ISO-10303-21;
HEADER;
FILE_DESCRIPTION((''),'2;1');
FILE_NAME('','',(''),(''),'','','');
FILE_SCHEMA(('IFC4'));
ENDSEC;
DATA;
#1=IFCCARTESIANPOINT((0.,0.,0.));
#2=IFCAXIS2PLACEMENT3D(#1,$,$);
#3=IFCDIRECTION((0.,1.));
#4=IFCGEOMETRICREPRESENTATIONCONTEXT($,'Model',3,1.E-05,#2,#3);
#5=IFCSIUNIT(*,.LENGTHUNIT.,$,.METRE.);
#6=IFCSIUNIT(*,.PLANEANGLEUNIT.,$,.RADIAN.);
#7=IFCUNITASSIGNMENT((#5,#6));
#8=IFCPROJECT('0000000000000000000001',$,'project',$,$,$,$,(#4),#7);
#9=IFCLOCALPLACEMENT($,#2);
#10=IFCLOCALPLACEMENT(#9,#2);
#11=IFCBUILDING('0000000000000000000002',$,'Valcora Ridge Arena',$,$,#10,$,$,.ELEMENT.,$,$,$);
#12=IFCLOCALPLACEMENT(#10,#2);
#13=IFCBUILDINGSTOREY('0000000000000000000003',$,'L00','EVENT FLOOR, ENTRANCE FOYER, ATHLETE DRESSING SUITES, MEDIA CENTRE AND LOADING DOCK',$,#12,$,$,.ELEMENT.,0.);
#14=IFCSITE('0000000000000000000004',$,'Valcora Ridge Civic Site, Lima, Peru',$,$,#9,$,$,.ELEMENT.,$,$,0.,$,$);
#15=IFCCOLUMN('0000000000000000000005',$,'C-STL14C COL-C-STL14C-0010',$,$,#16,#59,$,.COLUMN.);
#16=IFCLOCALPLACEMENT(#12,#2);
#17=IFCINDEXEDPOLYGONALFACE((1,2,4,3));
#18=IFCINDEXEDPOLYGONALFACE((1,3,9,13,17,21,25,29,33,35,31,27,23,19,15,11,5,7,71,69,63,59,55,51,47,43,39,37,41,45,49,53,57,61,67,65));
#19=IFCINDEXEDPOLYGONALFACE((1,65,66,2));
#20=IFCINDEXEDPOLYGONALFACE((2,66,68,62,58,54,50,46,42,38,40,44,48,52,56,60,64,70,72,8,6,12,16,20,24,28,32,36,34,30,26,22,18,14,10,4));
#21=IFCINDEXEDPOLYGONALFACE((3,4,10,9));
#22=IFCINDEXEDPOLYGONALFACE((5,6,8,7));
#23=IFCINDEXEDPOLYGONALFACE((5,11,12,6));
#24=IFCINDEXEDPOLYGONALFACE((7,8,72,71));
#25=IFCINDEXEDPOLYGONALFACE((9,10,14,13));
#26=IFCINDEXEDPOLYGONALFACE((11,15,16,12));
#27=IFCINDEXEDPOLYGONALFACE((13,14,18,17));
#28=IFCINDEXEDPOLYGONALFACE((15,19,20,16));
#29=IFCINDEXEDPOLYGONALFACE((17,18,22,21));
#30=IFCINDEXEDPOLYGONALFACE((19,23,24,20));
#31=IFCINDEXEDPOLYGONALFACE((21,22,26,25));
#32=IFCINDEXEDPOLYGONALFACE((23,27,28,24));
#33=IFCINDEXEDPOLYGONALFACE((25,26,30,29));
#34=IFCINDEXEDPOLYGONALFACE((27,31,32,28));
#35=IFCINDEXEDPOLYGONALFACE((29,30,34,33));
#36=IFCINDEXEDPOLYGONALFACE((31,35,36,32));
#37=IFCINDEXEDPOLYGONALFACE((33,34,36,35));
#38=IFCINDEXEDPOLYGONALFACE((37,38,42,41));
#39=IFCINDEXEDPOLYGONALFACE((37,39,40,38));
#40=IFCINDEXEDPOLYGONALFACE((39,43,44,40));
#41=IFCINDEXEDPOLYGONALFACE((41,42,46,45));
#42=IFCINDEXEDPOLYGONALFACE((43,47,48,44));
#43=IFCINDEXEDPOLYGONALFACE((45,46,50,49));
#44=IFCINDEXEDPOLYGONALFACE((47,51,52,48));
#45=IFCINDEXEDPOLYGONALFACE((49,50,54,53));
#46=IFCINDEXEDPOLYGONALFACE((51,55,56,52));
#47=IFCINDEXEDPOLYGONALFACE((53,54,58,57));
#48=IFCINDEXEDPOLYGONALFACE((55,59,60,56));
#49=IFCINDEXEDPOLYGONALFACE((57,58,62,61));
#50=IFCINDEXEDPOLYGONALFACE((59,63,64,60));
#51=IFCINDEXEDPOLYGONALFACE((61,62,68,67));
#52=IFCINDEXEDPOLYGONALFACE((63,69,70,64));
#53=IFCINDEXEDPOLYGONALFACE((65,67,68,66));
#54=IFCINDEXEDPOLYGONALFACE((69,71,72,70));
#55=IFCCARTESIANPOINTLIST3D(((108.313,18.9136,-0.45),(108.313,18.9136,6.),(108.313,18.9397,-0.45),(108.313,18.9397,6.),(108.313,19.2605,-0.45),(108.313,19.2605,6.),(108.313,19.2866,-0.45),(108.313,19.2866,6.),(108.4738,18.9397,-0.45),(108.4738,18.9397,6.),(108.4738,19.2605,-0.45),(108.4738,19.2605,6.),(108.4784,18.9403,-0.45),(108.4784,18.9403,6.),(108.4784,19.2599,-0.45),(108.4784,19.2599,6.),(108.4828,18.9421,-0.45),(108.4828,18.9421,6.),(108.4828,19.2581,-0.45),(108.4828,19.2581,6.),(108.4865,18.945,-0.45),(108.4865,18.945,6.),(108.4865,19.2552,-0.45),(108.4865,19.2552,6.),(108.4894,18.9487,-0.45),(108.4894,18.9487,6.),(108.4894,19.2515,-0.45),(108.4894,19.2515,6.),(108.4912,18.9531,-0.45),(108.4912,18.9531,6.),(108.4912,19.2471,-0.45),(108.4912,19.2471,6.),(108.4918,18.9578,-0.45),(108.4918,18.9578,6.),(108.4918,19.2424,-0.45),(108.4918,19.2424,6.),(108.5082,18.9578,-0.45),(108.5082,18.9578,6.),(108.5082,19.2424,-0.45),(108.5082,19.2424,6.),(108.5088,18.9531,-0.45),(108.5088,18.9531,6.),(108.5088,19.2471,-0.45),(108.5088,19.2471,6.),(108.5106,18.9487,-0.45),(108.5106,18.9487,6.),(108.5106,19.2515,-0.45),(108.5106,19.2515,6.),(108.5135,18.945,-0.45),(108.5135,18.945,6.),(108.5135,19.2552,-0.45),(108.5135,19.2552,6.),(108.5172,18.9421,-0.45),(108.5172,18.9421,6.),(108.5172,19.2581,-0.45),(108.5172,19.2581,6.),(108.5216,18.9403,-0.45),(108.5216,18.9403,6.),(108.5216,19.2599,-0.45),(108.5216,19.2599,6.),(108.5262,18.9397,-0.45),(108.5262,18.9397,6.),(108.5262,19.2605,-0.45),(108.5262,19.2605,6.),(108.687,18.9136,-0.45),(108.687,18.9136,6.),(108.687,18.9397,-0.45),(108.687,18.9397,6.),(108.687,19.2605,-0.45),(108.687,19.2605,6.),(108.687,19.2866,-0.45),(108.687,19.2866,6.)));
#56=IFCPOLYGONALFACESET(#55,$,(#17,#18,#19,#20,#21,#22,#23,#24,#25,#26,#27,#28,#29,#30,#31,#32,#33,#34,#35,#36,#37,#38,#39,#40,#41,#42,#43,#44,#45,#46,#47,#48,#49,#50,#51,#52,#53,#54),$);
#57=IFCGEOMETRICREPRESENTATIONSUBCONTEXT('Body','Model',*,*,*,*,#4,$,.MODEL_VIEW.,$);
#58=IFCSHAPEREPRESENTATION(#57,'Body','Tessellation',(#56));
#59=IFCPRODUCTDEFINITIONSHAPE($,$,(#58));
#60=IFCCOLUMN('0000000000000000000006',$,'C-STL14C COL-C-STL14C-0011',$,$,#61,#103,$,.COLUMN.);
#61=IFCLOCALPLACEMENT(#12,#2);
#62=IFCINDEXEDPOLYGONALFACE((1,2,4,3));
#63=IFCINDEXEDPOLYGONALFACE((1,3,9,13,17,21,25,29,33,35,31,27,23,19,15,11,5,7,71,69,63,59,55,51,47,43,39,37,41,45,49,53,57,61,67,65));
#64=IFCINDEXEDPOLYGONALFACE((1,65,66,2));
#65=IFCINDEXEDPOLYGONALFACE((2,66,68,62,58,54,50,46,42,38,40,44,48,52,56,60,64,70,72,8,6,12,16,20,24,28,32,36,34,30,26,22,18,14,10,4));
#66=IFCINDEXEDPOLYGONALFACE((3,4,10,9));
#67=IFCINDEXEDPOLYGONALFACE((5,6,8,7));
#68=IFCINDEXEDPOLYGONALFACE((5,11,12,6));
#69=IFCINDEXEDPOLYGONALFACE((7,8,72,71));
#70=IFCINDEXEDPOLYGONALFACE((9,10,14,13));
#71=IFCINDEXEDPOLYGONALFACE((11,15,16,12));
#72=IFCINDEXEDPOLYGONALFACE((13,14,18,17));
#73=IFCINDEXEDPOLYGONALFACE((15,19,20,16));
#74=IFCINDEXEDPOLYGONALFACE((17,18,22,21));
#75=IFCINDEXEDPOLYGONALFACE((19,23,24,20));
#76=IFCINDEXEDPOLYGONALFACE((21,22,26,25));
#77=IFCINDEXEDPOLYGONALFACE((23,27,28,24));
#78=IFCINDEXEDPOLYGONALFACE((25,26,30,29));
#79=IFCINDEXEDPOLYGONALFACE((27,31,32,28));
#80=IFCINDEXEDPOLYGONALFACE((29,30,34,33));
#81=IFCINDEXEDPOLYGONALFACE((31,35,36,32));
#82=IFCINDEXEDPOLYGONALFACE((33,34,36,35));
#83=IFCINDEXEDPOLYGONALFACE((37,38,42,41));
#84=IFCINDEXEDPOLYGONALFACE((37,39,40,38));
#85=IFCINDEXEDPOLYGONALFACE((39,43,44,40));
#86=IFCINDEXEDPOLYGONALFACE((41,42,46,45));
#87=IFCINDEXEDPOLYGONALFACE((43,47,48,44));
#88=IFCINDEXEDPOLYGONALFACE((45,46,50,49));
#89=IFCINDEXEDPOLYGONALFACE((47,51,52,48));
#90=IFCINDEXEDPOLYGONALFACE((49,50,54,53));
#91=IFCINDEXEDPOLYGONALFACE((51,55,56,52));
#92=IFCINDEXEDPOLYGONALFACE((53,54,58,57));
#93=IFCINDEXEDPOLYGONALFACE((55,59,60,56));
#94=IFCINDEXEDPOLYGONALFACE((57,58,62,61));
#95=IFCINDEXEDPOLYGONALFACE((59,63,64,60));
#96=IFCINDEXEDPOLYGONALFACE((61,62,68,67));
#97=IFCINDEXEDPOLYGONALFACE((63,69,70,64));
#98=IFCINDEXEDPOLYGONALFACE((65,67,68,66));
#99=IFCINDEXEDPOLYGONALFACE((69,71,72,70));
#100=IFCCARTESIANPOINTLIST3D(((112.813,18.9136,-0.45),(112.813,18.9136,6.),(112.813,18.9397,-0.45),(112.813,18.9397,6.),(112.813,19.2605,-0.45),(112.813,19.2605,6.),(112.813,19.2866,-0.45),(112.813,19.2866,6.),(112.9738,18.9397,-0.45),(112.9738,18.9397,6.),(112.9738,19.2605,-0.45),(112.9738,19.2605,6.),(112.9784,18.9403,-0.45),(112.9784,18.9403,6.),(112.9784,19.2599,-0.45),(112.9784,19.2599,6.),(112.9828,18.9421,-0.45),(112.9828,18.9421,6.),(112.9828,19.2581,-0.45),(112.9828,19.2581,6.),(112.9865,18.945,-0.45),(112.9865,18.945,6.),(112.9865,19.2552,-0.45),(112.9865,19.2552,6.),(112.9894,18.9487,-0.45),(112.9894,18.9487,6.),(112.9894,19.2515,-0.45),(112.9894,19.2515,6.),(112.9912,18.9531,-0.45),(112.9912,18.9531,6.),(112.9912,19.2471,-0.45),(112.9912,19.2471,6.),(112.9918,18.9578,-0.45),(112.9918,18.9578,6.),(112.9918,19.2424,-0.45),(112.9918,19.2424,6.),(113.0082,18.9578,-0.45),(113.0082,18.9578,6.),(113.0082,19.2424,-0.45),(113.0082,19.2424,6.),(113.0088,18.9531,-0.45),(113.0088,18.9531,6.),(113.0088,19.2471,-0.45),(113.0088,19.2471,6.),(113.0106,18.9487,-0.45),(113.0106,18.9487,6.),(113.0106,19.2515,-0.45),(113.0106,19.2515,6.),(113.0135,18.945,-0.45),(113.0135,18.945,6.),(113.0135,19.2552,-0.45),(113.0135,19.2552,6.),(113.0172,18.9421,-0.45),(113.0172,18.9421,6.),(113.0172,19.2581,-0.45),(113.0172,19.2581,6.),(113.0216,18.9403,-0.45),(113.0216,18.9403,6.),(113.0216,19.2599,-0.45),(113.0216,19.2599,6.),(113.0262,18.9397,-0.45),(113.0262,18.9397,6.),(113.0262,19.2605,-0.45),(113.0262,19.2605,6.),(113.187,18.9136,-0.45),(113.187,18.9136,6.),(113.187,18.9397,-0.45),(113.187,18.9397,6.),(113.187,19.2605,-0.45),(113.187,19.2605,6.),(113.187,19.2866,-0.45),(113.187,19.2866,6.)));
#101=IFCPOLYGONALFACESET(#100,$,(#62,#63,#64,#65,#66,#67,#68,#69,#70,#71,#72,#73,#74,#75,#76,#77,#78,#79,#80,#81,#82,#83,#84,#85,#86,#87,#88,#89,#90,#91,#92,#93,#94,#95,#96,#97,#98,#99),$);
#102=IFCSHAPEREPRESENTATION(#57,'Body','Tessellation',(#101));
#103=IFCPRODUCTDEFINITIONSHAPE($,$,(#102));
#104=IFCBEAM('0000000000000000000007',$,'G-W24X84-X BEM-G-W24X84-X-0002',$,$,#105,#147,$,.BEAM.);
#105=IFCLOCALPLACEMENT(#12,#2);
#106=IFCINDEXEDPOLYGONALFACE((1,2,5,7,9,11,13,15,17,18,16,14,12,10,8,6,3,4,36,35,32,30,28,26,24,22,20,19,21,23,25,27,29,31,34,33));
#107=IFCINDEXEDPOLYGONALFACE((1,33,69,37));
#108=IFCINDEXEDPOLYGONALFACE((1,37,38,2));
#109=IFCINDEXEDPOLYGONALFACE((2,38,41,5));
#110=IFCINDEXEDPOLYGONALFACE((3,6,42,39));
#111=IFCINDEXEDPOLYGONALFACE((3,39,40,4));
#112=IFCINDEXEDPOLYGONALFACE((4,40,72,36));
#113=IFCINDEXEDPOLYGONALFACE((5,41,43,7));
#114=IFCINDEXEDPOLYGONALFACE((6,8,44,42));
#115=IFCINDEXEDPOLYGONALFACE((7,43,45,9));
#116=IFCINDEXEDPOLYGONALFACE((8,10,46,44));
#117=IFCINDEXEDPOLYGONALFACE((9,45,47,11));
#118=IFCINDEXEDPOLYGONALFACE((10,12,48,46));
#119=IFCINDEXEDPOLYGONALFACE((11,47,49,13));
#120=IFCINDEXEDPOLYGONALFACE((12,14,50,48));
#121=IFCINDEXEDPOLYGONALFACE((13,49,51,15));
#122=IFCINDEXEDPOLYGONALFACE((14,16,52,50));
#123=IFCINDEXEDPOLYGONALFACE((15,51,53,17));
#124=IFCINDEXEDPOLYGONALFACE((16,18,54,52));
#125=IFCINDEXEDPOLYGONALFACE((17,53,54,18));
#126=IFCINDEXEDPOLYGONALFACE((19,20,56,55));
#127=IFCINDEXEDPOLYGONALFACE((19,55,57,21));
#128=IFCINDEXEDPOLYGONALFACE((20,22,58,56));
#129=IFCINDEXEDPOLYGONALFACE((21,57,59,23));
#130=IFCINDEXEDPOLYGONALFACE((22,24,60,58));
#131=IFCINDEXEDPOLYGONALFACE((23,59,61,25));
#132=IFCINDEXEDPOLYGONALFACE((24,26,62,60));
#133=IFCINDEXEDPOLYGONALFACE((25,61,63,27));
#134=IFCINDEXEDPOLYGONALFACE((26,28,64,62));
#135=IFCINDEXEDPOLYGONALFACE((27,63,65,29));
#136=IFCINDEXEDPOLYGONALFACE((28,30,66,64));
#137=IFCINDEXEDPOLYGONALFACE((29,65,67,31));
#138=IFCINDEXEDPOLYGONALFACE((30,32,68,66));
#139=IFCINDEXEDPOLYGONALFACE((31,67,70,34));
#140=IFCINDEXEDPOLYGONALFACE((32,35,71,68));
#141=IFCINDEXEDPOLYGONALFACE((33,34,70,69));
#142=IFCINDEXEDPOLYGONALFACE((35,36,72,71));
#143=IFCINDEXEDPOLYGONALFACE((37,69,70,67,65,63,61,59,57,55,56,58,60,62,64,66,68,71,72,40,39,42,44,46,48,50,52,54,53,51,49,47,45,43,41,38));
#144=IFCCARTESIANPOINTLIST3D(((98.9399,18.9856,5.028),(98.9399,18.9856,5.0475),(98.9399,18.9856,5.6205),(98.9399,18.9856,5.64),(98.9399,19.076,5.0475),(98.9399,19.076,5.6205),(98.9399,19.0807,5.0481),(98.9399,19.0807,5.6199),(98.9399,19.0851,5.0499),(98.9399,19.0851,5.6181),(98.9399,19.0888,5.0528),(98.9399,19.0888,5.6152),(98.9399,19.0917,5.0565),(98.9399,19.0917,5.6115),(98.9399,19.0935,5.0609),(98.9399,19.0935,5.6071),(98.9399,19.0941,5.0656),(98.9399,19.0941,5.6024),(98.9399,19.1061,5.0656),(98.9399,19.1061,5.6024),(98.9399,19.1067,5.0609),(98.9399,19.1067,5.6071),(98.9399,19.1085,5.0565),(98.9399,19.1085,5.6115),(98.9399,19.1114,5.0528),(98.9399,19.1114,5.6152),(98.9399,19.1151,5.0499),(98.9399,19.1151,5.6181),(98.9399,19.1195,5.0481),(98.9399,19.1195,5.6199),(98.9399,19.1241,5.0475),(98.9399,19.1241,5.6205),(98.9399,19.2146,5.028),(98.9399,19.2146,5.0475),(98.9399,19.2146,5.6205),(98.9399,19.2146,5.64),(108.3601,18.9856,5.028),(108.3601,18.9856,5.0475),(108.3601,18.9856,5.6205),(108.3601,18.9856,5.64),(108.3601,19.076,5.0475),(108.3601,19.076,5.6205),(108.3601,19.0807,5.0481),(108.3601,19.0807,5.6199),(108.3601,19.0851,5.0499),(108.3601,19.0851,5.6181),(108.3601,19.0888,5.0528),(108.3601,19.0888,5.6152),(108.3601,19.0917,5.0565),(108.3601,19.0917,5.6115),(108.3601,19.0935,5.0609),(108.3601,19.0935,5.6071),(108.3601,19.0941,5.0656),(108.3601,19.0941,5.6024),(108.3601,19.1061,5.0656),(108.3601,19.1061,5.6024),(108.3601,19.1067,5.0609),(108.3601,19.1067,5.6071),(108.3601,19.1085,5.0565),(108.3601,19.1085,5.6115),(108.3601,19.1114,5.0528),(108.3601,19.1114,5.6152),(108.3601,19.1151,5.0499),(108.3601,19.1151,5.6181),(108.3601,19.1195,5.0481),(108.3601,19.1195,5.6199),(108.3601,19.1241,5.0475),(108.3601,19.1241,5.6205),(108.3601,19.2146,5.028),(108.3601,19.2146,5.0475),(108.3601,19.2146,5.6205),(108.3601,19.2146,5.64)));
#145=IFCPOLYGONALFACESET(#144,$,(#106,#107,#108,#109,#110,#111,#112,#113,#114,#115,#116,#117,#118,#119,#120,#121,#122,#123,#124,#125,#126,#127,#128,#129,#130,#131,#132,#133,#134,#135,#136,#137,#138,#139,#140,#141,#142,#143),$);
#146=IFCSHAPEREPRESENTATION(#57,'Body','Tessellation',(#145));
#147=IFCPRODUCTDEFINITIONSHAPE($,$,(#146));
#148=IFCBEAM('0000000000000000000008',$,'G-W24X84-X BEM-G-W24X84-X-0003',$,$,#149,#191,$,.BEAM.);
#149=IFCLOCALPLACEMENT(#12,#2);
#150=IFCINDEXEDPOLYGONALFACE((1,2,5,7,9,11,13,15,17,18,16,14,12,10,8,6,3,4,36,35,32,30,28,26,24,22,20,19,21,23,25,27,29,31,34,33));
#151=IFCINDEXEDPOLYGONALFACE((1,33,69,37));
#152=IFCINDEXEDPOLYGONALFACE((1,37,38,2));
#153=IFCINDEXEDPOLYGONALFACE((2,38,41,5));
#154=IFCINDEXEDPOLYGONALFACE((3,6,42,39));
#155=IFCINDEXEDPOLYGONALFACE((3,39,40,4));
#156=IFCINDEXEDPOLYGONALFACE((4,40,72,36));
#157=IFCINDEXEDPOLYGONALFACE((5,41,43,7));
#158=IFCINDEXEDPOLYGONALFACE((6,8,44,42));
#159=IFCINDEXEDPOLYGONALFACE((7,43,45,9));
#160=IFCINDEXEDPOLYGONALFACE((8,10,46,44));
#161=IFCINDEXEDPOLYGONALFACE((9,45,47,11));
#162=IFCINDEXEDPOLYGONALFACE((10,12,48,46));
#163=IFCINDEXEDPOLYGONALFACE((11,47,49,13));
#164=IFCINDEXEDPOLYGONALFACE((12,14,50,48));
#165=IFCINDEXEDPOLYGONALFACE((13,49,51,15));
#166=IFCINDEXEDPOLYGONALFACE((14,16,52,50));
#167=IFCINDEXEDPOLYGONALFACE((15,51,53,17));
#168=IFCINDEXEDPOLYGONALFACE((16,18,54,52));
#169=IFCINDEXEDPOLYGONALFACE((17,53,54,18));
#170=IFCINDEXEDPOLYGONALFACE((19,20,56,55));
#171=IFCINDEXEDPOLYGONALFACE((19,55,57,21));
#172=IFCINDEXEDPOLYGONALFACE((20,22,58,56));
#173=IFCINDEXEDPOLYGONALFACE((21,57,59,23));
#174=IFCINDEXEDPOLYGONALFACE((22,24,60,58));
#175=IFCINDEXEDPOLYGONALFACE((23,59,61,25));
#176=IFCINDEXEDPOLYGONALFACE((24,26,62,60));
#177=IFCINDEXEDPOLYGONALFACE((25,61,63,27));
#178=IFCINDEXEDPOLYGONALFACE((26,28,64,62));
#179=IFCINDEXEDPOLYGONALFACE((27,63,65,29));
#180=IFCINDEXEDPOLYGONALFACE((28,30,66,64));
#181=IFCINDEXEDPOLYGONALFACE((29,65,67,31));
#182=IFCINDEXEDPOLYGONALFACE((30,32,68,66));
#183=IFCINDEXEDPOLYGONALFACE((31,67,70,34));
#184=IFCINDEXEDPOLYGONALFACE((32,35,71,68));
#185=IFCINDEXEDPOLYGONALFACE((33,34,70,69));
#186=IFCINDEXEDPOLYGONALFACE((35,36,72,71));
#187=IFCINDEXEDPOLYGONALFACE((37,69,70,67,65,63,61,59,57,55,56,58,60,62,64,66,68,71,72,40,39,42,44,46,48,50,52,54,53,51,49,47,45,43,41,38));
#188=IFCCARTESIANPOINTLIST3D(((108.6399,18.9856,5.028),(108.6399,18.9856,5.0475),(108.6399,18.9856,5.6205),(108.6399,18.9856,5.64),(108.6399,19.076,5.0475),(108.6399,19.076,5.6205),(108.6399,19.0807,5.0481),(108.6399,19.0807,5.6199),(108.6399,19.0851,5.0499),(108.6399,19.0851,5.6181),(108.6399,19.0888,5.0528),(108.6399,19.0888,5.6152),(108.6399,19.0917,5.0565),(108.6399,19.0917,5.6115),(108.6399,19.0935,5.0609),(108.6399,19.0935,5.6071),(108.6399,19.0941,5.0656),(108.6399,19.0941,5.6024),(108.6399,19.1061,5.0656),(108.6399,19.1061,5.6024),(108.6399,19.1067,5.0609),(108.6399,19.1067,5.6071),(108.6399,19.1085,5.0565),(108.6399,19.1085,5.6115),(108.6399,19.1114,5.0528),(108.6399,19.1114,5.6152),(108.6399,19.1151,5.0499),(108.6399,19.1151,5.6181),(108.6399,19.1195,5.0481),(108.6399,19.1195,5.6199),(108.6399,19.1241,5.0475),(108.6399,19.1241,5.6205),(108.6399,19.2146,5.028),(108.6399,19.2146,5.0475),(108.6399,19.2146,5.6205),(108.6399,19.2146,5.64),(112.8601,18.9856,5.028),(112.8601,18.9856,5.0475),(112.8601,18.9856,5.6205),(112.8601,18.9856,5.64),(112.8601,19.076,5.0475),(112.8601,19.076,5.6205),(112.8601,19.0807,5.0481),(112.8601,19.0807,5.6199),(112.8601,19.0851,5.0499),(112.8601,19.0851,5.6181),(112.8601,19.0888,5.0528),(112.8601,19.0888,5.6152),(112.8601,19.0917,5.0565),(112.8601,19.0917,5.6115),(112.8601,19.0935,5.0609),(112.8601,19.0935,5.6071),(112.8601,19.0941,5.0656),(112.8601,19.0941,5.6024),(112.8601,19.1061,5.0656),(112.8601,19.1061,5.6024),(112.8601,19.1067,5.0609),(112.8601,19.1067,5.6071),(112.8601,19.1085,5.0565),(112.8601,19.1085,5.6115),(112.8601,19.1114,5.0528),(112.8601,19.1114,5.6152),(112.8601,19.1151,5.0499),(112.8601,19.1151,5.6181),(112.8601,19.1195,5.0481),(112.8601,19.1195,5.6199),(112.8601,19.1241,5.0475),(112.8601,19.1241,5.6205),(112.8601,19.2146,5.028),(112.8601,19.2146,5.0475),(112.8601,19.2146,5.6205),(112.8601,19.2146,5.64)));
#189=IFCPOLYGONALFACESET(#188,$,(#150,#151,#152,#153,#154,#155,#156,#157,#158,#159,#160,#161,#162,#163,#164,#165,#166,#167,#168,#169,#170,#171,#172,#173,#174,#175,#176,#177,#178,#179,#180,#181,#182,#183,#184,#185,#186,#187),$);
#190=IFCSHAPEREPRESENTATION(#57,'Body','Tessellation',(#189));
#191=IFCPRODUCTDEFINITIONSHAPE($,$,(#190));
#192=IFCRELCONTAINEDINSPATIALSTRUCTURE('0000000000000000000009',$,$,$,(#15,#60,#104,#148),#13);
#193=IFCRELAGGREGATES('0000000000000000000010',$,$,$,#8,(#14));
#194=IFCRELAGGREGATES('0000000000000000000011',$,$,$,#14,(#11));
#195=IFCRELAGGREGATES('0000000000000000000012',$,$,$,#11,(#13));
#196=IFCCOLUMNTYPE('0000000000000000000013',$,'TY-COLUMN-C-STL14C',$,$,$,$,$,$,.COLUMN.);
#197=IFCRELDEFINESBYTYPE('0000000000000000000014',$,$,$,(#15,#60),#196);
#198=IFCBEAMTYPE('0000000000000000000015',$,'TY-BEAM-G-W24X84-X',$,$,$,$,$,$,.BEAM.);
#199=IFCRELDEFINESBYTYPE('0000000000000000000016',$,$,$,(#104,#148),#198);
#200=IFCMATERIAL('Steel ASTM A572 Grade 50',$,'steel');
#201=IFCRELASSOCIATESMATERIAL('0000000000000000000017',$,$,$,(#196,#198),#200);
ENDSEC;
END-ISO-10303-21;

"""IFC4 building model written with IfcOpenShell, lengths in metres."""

from ifc_helpers import new_model, si_unit, direction, frame, origin, origin_2d, place, context, subcontext, project, spatial, i_section, extrude, material, material_profile, profile_set, type_object, element, save


model = new_model("IFC4")

# Units and contexts
model_context = context("Model", 3, precision=1e-05, world=origin(), true_north=direction((0.0, 1.0)))
body_context = subcontext(model_context, "Body", "Model", "MODEL_VIEW")
ifc_project = project(units=[si_unit("LENGTHUNIT", "METRE"), si_unit("PLANEANGLEUNIT", "RADIAN")], contexts=[model_context])

# Site, building, storey
site_placement = place(None, origin())
site = spatial("IfcSite", under=ifc_project, at=site_placement, Name="Valcora Ridge Civic Site, Lima, Peru", CompositionType="ELEMENT", RefElevation=0.0)
building_placement = place(site_placement, origin())
building = spatial("IfcBuilding", under=site, at=building_placement, Name="Valcora Ridge Arena", CompositionType="ELEMENT")
storey_placement = place(building_placement, origin())
storey = spatial("IfcBuildingStorey", under=building, at=storey_placement, Name="L00", Description="EVENT FLOOR, ENTRANCE FOYER, ATHLETE DRESSING SUITES, MEDIA CENTRE AND LOADING DOCK", CompositionType="ELEMENT", Elevation=0.0)

# Columns
ifc_material_1 = material(Name="Steel ASTM A572 Grade 50", Category="steel")
ifc_material_profile_1 = material_profile(ifc_material_1, i_section(OverallWidth=0.374, OverallDepth=0.373, WebThickness=0.0164, FlangeThickness=0.0261, FilletRadius=0.0181, at=origin_2d()), Name="W14X132")
ifc_profile_set_1 = profile_set([ifc_material_profile_1], Name="Steel ASTM A572 Grade 50")
column_type = type_object("IfcColumnType", Name="TY-COLUMN-C-STL14C", PredefinedType="COLUMN", material=ifc_profile_set_1)
for number, where, z_axis, x_axis, name in (
    (1, (108.5, 19.1001, -0.45), (0.0, 0.0, 1.0), (1.0, 0.0, 0.0), "C-STL14C COL-C-STL14C-0010"),
    (2, (113.0, 19.1001, -0.45), (0.0, 0.0, 1.0), (1.0, 0.0, 0.0), "C-STL14C COL-C-STL14C-0011"),
):
    element("IfcColumn", number, at=place(storey_placement, frame(where, z_axis=z_axis, x_axis=x_axis)), inside=storey, type_object=column_type, Name=name, PredefinedType="COLUMN", context=body_context, shape_type="SweptSolid", body=[
        extrude(i_section(OverallWidth=0.374, OverallDepth=0.373, WebThickness=0.0164, FlangeThickness=0.0261, FilletRadius=0.0181, at=origin_2d()), origin(), (0.0, 0.0, 1.0), 6.45),
    ])

# Beams
ifc_material_profile_2 = material_profile(ifc_material_1, i_section(OverallWidth=0.229, OverallDepth=0.6121, WebThickness=0.012, FlangeThickness=0.0195, FilletRadius=0.0181, at=origin_2d()), Name="W24X84")
ifc_profile_set_2 = profile_set([ifc_material_profile_2], Name="Steel ASTM A572 Grade 50")
beam_type = type_object("IfcBeamType", Name="TY-BEAM-G-W24X84-X", PredefinedType="BEAM", material=ifc_profile_set_2)
beam_1_placement = place(storey_placement, frame((98.9399, 19.1001, 5.334), z_axis=(1.0, 0.0, 0.0), x_axis=(0.0, 1.0, 0.0)))
element("IfcBeam", 3, at=beam_1_placement, inside=storey, type_object=beam_type, Name="G-W24X84-X BEM-G-W24X84-X-0002", PredefinedType="BEAM", context=body_context, shape_type="SweptSolid", body=[
    extrude(i_section(OverallWidth=0.229, OverallDepth=0.6121, WebThickness=0.012, FlangeThickness=0.0195, FilletRadius=0.0181, at=origin_2d()), origin(), (0.0, 0.0, 1.0), 9.4202),
])
beam_2_placement = place(storey_placement, frame((108.6399, 19.1001, 5.334), z_axis=(1.0, 0.0, 0.0), x_axis=(0.0, 1.0, 0.0)))
element("IfcBeam", 4, at=beam_2_placement, inside=storey, type_object=beam_type, Name="G-W24X84-X BEM-G-W24X84-X-0003", PredefinedType="BEAM", context=body_context, shape_type="SweptSolid", body=[
    extrude(i_section(OverallWidth=0.229, OverallDepth=0.6121, WebThickness=0.012, FlangeThickness=0.0195, FilletRadius=0.0181, at=origin_2d()), origin(), (0.0, 0.0, 1.0), 4.2202),
])

save(model, "model.ifc")
